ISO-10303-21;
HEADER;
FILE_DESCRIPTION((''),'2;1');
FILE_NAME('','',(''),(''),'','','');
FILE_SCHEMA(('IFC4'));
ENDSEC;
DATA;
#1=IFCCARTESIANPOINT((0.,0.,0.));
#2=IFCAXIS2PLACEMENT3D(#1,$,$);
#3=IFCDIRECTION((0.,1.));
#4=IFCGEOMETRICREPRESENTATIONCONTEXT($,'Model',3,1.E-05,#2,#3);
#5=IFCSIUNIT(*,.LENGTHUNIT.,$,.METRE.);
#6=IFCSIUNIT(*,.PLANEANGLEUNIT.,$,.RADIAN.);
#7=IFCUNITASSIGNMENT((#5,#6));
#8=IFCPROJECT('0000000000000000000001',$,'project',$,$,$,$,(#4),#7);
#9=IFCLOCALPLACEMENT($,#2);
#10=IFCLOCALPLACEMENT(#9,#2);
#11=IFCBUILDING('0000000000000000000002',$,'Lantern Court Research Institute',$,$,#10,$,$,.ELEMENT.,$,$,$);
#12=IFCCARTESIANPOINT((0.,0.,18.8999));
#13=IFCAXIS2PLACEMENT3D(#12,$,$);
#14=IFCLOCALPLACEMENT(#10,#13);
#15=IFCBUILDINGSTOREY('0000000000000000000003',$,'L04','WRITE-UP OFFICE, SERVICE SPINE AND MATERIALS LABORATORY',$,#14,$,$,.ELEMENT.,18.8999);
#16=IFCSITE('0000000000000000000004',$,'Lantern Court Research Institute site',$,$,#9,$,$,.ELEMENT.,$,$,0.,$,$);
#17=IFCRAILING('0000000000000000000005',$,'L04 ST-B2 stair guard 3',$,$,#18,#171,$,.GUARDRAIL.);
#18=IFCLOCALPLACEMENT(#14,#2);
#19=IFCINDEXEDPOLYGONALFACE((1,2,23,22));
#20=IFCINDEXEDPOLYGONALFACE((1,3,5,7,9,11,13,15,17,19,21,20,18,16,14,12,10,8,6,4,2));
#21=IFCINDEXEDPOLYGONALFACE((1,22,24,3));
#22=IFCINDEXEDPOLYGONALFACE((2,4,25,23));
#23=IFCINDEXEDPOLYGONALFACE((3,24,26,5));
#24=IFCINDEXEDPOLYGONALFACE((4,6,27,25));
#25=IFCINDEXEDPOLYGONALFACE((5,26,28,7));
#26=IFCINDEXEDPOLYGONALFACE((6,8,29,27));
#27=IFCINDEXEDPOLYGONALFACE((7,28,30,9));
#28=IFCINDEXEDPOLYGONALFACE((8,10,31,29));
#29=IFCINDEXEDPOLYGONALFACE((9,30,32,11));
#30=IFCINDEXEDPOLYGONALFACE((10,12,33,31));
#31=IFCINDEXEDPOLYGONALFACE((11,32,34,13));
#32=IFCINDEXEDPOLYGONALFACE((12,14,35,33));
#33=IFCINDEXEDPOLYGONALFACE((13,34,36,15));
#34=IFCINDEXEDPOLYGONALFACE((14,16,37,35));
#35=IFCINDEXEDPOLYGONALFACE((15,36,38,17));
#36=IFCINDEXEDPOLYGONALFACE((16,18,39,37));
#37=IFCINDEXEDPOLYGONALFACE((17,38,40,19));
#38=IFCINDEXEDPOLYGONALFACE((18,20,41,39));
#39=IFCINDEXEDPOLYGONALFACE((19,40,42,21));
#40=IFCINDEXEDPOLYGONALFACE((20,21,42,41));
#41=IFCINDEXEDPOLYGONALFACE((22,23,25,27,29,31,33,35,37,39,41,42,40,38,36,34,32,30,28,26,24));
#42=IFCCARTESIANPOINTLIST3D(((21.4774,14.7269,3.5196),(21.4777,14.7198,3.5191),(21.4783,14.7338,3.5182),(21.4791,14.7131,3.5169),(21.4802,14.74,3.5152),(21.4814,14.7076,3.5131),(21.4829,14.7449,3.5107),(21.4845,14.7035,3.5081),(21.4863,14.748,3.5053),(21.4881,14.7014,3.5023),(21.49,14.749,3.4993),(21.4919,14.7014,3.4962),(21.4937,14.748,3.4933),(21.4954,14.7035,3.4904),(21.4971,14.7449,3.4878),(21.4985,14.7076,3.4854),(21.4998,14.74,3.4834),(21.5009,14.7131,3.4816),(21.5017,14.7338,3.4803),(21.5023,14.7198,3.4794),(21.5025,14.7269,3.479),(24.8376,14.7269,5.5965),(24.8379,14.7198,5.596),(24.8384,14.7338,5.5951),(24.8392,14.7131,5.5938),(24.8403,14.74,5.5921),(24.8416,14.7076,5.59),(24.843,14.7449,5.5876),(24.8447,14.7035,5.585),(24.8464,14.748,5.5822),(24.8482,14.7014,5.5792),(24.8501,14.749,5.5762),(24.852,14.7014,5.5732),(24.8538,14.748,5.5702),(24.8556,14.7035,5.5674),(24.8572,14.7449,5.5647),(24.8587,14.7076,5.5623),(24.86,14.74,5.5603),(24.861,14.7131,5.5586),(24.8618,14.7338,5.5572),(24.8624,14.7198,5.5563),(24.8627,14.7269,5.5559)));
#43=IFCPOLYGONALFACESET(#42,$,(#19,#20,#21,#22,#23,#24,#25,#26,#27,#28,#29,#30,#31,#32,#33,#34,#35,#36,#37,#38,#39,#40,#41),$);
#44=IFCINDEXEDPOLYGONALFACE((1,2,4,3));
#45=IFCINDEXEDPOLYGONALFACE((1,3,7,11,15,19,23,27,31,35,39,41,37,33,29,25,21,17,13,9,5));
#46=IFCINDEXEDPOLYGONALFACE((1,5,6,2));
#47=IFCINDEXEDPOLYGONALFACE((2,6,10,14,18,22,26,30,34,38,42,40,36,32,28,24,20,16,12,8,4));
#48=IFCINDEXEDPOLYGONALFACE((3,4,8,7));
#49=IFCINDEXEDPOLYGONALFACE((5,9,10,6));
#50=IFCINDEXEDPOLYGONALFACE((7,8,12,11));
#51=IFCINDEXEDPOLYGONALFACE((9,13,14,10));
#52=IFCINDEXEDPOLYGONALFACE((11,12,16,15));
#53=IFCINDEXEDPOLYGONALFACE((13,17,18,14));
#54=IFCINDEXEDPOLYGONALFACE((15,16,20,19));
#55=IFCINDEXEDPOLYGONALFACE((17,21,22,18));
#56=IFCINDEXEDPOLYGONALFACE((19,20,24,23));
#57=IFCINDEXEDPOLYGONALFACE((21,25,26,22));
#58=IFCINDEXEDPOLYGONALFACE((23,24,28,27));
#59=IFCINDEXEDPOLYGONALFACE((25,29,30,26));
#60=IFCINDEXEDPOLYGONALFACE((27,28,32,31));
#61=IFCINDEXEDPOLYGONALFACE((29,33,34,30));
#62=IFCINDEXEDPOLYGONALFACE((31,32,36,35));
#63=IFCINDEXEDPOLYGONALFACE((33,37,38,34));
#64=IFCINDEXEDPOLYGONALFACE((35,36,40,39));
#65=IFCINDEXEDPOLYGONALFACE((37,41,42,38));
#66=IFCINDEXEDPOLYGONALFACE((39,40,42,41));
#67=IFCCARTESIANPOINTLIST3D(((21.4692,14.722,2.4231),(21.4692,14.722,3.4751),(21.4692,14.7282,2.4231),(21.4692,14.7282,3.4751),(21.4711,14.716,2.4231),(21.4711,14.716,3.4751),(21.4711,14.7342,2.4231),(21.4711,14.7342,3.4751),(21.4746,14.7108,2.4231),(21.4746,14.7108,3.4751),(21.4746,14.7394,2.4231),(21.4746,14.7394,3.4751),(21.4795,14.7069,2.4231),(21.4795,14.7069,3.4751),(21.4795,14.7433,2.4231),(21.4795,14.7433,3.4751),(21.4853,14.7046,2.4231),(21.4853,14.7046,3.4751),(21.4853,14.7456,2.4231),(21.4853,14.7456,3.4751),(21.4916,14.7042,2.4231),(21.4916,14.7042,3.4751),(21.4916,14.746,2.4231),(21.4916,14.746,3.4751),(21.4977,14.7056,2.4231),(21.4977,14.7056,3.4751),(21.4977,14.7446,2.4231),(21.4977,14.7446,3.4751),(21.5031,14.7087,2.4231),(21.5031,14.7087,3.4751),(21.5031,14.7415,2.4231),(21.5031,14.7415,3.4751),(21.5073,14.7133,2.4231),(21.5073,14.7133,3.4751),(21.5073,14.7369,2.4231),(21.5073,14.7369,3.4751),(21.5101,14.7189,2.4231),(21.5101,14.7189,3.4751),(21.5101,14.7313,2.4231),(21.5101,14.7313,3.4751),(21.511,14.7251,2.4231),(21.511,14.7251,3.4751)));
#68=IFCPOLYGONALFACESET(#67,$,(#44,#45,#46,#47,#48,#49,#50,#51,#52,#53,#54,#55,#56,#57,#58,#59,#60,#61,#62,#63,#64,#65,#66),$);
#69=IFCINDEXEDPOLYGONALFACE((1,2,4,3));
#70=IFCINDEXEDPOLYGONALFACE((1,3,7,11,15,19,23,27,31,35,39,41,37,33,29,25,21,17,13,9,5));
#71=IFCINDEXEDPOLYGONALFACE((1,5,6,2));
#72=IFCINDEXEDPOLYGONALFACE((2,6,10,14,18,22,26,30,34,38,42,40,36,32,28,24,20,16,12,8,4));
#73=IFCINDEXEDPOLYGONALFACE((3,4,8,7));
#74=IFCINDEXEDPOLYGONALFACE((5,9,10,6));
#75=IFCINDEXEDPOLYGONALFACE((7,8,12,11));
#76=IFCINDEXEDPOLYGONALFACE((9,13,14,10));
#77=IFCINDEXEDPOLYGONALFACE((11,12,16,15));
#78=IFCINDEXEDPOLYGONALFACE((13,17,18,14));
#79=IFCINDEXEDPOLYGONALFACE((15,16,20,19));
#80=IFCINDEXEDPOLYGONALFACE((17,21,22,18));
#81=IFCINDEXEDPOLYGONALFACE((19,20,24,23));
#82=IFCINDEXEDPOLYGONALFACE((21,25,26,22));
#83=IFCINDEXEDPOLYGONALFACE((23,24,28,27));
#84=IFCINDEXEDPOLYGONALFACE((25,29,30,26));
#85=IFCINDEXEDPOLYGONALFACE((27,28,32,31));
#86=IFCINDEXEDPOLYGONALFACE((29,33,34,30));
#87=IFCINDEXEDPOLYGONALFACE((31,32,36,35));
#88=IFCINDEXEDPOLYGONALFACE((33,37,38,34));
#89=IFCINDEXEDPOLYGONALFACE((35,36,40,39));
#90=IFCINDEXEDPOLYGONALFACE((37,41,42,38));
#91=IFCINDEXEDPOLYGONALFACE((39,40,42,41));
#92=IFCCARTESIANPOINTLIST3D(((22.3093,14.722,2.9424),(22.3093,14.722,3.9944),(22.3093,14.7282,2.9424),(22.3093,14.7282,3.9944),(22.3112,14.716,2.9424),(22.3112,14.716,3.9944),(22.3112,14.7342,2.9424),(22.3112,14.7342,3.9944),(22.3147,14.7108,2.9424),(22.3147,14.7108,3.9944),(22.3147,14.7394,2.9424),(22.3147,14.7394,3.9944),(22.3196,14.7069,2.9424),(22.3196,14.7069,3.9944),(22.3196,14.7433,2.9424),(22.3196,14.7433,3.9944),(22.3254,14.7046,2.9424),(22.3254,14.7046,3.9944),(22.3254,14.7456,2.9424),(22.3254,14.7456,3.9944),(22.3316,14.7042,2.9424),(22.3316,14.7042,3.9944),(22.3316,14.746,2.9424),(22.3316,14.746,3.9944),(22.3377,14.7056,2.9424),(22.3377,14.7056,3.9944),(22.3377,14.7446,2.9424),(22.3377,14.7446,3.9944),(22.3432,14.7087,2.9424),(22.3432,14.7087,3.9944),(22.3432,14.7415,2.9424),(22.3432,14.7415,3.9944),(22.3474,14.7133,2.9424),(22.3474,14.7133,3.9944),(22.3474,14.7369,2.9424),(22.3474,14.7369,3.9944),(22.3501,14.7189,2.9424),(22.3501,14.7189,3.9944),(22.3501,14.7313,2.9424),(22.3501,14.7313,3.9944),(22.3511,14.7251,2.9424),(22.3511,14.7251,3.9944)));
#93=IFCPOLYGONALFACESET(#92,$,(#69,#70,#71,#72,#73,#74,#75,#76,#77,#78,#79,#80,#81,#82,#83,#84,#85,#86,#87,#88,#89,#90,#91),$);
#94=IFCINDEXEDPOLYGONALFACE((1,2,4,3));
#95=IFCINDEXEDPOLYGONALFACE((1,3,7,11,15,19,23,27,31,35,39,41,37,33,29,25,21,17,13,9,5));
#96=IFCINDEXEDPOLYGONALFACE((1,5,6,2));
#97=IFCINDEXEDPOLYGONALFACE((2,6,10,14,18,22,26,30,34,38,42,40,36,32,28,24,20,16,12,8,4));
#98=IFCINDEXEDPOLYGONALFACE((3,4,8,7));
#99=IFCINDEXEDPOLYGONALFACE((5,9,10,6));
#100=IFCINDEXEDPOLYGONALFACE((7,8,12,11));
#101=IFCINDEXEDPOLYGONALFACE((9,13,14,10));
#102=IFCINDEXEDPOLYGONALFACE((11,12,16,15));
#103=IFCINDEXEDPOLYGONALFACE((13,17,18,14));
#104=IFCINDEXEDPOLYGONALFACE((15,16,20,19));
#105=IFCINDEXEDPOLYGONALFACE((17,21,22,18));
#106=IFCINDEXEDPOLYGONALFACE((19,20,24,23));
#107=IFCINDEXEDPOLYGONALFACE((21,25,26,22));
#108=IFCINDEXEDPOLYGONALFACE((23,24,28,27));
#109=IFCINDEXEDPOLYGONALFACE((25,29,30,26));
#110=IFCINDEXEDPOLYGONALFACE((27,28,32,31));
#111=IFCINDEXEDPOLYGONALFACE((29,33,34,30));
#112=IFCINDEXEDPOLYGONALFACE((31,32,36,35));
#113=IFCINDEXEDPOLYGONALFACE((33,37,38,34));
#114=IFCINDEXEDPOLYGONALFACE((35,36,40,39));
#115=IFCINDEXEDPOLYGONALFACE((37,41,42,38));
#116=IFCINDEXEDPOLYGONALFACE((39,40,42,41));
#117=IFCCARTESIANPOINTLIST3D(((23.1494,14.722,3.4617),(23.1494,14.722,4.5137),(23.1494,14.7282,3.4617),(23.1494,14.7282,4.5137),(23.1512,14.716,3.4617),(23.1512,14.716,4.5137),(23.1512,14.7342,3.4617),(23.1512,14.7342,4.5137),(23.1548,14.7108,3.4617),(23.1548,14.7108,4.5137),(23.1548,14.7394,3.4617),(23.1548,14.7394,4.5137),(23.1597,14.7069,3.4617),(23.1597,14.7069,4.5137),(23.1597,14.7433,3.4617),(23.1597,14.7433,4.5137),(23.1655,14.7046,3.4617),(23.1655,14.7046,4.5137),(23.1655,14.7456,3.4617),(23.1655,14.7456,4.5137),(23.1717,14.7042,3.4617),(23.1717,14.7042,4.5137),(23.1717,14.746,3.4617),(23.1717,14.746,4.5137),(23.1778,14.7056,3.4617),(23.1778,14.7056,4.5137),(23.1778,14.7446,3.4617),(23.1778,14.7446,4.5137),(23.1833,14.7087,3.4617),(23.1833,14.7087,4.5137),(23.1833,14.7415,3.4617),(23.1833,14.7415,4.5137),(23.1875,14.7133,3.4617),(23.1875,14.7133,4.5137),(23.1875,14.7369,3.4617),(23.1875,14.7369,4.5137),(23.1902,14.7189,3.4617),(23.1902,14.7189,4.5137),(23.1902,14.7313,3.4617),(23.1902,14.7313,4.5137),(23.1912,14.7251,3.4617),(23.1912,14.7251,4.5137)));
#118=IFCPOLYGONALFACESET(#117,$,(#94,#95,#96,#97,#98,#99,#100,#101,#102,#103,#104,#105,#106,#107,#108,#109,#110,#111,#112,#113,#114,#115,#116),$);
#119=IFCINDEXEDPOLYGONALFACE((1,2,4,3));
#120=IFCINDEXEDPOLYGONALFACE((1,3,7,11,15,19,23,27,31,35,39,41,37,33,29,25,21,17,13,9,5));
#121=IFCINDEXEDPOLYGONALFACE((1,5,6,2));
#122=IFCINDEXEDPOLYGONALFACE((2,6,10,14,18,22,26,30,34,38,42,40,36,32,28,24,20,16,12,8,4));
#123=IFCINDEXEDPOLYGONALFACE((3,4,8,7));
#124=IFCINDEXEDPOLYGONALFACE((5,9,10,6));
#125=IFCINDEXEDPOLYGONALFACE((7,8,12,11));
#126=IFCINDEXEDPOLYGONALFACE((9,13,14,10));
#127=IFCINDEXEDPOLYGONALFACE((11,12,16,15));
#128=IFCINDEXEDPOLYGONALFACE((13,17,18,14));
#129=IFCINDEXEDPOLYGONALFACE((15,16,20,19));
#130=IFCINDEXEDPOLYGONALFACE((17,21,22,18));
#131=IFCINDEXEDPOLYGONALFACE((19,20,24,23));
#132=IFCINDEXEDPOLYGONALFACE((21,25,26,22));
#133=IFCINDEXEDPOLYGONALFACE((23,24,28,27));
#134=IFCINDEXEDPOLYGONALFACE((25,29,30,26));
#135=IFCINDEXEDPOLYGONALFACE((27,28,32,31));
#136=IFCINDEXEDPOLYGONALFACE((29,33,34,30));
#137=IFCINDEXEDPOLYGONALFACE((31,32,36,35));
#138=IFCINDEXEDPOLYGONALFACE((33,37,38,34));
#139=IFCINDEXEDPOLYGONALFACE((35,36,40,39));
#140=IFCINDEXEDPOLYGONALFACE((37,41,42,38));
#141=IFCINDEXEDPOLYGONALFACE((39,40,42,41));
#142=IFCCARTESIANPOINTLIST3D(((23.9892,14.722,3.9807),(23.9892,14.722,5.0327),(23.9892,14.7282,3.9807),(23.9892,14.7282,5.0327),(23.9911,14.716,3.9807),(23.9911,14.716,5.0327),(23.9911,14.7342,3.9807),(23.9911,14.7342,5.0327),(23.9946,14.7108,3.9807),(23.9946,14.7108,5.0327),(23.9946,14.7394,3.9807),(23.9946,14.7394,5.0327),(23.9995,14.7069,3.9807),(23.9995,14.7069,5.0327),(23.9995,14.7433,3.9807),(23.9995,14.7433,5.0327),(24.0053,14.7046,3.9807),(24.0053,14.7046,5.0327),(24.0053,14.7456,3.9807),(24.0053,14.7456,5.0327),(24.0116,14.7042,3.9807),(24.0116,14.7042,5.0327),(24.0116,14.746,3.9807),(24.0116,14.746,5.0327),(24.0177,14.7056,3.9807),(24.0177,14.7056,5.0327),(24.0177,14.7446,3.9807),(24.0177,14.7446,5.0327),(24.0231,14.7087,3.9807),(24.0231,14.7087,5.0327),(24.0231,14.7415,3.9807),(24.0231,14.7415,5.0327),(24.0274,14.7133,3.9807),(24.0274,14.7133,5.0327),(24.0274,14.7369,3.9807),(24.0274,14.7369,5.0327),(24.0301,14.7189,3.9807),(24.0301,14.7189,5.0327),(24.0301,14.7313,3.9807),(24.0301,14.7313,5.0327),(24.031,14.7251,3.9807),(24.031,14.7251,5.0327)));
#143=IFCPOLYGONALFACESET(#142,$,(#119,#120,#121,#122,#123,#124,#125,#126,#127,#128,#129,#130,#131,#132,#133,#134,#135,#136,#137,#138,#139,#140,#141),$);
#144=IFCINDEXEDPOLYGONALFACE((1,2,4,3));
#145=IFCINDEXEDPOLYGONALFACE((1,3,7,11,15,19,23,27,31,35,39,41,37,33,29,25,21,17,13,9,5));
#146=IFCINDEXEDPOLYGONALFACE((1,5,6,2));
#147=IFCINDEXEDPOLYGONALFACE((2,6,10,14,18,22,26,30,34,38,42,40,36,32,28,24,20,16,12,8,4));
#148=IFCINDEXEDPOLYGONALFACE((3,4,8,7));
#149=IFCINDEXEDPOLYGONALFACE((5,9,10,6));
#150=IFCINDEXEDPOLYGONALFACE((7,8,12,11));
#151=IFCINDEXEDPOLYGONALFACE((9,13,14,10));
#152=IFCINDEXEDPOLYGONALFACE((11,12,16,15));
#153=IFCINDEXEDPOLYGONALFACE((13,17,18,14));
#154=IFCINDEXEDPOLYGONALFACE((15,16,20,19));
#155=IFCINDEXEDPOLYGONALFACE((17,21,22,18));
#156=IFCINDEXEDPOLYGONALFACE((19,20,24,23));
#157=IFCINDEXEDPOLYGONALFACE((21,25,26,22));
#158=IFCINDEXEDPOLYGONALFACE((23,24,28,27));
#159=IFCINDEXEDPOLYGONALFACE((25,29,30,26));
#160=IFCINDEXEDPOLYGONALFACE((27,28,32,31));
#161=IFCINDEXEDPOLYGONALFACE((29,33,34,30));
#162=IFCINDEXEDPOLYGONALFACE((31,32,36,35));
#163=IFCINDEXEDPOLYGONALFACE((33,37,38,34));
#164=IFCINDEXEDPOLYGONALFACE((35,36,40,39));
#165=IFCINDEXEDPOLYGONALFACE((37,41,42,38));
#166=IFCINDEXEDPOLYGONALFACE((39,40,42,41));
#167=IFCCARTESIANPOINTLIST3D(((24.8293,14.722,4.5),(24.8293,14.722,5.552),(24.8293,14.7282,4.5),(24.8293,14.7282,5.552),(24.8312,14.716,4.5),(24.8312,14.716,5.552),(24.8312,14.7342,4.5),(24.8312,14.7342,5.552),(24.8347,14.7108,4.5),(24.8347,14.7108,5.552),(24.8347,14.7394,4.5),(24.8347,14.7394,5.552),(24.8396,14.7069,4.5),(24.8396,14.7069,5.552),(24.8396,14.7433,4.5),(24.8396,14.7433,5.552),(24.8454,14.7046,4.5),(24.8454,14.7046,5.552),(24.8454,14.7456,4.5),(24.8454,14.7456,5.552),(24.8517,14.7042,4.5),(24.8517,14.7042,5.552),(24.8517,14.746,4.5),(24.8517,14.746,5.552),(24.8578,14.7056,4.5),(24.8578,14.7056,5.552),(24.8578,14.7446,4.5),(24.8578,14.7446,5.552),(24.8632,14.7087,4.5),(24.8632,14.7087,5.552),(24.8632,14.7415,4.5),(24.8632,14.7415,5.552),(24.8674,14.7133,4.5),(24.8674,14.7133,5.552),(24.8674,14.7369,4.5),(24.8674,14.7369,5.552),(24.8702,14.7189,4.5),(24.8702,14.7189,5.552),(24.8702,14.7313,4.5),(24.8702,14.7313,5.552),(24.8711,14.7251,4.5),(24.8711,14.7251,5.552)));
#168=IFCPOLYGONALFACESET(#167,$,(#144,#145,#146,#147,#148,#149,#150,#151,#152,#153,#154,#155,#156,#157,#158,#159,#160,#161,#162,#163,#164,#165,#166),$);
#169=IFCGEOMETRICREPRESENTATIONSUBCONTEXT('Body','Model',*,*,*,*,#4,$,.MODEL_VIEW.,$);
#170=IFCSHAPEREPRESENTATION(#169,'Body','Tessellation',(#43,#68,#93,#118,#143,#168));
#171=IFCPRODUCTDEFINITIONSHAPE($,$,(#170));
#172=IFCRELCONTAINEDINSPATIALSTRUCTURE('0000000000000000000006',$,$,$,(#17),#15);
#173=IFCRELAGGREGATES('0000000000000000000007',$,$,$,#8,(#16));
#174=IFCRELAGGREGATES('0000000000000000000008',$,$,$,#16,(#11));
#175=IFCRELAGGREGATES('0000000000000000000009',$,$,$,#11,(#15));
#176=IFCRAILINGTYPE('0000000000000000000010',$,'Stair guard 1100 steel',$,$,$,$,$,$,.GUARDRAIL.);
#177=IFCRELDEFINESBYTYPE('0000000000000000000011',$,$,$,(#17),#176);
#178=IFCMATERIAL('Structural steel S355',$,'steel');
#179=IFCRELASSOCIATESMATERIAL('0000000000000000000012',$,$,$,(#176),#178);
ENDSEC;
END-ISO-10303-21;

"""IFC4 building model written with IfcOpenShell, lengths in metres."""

from ifc_helpers import new_model, si_unit, direction, frame, origin, origin_2d, place, context, subcontext, project, spatial, circle, extrude, material, type_object, element, save


model = new_model("IFC4")

# Units and contexts
model_context = context("Model", 3, precision=1e-05, world=origin(), true_north=direction((0.0, 1.0)))
body_context = subcontext(model_context, "Body", "Model", "MODEL_VIEW")
ifc_project = project(units=[si_unit("LENGTHUNIT", "METRE"), si_unit("PLANEANGLEUNIT", "RADIAN")], contexts=[model_context])

# Site, building, storey
site_placement = place(None, origin())
site = spatial("IfcSite", under=ifc_project, at=site_placement, Name="Lantern Court Research Institute site", CompositionType="ELEMENT", RefElevation=0.0)
building_placement = place(site_placement, origin())
building = spatial("IfcBuilding", under=site, at=building_placement, Name="Lantern Court Research Institute", CompositionType="ELEMENT")
storey_placement = place(building_placement, frame((0.0, 0.0, 18.8999)))
storey = spatial("IfcBuildingStorey", under=building, at=storey_placement, Name="L04", Description="WRITE-UP OFFICE, SERVICE SPINE AND MATERIALS LABORATORY", CompositionType="ELEMENT", Elevation=18.8999)

# Railing
ifc_material_1 = material(Name="Structural steel S355", Category="steel")
railing_type_1 = type_object("IfcRailingType", Name="Stair guard 1100 steel", PredefinedType="GUARDRAIL", material=ifc_material_1)
railing_1_placement = place(storey_placement, frame((21.49, 14.7251, 2.4231)))
element("IfcRailing", 1, at=railing_1_placement, inside=storey, type_object=railing_type_1, Name="L04 ST-B2 stair guard 3", PredefinedType="GUARDRAIL", context=body_context, shape_type="SweptSolid", body=[
    extrude(circle(Radius=0.0239, at=origin_2d()), frame((0.0, 0.0, 1.0762), z_axis=(0.850623, 0.0, 0.525776), x_axis=(0.0, 1.0, 0.0)), (0.0, 0.0, 1.0), 3.9502),
    extrude(circle(Radius=0.021, at=origin_2d()), origin(), (0.0, 0.0, 1.0), 1.052),
    extrude(circle(Radius=0.021, at=origin_2d()), frame((0.8401, 0.0, 0.5193)), (0.0, 0.0, 1.0), 1.052),
    extrude(circle(Radius=0.021, at=origin_2d()), frame((1.6802, 0.0, 1.0386)), (0.0, 0.0, 1.0), 1.052),
    extrude(circle(Radius=0.021, at=origin_2d()), frame((2.52, 0.0, 1.5576)), (0.0, 0.0, 1.0), 1.052),
    extrude(circle(Radius=0.021, at=origin_2d()), frame((3.3601, 0.0, 2.0769)), (0.0, 0.0, 1.0), 1.052),
])

save(model, "model.ifc")
